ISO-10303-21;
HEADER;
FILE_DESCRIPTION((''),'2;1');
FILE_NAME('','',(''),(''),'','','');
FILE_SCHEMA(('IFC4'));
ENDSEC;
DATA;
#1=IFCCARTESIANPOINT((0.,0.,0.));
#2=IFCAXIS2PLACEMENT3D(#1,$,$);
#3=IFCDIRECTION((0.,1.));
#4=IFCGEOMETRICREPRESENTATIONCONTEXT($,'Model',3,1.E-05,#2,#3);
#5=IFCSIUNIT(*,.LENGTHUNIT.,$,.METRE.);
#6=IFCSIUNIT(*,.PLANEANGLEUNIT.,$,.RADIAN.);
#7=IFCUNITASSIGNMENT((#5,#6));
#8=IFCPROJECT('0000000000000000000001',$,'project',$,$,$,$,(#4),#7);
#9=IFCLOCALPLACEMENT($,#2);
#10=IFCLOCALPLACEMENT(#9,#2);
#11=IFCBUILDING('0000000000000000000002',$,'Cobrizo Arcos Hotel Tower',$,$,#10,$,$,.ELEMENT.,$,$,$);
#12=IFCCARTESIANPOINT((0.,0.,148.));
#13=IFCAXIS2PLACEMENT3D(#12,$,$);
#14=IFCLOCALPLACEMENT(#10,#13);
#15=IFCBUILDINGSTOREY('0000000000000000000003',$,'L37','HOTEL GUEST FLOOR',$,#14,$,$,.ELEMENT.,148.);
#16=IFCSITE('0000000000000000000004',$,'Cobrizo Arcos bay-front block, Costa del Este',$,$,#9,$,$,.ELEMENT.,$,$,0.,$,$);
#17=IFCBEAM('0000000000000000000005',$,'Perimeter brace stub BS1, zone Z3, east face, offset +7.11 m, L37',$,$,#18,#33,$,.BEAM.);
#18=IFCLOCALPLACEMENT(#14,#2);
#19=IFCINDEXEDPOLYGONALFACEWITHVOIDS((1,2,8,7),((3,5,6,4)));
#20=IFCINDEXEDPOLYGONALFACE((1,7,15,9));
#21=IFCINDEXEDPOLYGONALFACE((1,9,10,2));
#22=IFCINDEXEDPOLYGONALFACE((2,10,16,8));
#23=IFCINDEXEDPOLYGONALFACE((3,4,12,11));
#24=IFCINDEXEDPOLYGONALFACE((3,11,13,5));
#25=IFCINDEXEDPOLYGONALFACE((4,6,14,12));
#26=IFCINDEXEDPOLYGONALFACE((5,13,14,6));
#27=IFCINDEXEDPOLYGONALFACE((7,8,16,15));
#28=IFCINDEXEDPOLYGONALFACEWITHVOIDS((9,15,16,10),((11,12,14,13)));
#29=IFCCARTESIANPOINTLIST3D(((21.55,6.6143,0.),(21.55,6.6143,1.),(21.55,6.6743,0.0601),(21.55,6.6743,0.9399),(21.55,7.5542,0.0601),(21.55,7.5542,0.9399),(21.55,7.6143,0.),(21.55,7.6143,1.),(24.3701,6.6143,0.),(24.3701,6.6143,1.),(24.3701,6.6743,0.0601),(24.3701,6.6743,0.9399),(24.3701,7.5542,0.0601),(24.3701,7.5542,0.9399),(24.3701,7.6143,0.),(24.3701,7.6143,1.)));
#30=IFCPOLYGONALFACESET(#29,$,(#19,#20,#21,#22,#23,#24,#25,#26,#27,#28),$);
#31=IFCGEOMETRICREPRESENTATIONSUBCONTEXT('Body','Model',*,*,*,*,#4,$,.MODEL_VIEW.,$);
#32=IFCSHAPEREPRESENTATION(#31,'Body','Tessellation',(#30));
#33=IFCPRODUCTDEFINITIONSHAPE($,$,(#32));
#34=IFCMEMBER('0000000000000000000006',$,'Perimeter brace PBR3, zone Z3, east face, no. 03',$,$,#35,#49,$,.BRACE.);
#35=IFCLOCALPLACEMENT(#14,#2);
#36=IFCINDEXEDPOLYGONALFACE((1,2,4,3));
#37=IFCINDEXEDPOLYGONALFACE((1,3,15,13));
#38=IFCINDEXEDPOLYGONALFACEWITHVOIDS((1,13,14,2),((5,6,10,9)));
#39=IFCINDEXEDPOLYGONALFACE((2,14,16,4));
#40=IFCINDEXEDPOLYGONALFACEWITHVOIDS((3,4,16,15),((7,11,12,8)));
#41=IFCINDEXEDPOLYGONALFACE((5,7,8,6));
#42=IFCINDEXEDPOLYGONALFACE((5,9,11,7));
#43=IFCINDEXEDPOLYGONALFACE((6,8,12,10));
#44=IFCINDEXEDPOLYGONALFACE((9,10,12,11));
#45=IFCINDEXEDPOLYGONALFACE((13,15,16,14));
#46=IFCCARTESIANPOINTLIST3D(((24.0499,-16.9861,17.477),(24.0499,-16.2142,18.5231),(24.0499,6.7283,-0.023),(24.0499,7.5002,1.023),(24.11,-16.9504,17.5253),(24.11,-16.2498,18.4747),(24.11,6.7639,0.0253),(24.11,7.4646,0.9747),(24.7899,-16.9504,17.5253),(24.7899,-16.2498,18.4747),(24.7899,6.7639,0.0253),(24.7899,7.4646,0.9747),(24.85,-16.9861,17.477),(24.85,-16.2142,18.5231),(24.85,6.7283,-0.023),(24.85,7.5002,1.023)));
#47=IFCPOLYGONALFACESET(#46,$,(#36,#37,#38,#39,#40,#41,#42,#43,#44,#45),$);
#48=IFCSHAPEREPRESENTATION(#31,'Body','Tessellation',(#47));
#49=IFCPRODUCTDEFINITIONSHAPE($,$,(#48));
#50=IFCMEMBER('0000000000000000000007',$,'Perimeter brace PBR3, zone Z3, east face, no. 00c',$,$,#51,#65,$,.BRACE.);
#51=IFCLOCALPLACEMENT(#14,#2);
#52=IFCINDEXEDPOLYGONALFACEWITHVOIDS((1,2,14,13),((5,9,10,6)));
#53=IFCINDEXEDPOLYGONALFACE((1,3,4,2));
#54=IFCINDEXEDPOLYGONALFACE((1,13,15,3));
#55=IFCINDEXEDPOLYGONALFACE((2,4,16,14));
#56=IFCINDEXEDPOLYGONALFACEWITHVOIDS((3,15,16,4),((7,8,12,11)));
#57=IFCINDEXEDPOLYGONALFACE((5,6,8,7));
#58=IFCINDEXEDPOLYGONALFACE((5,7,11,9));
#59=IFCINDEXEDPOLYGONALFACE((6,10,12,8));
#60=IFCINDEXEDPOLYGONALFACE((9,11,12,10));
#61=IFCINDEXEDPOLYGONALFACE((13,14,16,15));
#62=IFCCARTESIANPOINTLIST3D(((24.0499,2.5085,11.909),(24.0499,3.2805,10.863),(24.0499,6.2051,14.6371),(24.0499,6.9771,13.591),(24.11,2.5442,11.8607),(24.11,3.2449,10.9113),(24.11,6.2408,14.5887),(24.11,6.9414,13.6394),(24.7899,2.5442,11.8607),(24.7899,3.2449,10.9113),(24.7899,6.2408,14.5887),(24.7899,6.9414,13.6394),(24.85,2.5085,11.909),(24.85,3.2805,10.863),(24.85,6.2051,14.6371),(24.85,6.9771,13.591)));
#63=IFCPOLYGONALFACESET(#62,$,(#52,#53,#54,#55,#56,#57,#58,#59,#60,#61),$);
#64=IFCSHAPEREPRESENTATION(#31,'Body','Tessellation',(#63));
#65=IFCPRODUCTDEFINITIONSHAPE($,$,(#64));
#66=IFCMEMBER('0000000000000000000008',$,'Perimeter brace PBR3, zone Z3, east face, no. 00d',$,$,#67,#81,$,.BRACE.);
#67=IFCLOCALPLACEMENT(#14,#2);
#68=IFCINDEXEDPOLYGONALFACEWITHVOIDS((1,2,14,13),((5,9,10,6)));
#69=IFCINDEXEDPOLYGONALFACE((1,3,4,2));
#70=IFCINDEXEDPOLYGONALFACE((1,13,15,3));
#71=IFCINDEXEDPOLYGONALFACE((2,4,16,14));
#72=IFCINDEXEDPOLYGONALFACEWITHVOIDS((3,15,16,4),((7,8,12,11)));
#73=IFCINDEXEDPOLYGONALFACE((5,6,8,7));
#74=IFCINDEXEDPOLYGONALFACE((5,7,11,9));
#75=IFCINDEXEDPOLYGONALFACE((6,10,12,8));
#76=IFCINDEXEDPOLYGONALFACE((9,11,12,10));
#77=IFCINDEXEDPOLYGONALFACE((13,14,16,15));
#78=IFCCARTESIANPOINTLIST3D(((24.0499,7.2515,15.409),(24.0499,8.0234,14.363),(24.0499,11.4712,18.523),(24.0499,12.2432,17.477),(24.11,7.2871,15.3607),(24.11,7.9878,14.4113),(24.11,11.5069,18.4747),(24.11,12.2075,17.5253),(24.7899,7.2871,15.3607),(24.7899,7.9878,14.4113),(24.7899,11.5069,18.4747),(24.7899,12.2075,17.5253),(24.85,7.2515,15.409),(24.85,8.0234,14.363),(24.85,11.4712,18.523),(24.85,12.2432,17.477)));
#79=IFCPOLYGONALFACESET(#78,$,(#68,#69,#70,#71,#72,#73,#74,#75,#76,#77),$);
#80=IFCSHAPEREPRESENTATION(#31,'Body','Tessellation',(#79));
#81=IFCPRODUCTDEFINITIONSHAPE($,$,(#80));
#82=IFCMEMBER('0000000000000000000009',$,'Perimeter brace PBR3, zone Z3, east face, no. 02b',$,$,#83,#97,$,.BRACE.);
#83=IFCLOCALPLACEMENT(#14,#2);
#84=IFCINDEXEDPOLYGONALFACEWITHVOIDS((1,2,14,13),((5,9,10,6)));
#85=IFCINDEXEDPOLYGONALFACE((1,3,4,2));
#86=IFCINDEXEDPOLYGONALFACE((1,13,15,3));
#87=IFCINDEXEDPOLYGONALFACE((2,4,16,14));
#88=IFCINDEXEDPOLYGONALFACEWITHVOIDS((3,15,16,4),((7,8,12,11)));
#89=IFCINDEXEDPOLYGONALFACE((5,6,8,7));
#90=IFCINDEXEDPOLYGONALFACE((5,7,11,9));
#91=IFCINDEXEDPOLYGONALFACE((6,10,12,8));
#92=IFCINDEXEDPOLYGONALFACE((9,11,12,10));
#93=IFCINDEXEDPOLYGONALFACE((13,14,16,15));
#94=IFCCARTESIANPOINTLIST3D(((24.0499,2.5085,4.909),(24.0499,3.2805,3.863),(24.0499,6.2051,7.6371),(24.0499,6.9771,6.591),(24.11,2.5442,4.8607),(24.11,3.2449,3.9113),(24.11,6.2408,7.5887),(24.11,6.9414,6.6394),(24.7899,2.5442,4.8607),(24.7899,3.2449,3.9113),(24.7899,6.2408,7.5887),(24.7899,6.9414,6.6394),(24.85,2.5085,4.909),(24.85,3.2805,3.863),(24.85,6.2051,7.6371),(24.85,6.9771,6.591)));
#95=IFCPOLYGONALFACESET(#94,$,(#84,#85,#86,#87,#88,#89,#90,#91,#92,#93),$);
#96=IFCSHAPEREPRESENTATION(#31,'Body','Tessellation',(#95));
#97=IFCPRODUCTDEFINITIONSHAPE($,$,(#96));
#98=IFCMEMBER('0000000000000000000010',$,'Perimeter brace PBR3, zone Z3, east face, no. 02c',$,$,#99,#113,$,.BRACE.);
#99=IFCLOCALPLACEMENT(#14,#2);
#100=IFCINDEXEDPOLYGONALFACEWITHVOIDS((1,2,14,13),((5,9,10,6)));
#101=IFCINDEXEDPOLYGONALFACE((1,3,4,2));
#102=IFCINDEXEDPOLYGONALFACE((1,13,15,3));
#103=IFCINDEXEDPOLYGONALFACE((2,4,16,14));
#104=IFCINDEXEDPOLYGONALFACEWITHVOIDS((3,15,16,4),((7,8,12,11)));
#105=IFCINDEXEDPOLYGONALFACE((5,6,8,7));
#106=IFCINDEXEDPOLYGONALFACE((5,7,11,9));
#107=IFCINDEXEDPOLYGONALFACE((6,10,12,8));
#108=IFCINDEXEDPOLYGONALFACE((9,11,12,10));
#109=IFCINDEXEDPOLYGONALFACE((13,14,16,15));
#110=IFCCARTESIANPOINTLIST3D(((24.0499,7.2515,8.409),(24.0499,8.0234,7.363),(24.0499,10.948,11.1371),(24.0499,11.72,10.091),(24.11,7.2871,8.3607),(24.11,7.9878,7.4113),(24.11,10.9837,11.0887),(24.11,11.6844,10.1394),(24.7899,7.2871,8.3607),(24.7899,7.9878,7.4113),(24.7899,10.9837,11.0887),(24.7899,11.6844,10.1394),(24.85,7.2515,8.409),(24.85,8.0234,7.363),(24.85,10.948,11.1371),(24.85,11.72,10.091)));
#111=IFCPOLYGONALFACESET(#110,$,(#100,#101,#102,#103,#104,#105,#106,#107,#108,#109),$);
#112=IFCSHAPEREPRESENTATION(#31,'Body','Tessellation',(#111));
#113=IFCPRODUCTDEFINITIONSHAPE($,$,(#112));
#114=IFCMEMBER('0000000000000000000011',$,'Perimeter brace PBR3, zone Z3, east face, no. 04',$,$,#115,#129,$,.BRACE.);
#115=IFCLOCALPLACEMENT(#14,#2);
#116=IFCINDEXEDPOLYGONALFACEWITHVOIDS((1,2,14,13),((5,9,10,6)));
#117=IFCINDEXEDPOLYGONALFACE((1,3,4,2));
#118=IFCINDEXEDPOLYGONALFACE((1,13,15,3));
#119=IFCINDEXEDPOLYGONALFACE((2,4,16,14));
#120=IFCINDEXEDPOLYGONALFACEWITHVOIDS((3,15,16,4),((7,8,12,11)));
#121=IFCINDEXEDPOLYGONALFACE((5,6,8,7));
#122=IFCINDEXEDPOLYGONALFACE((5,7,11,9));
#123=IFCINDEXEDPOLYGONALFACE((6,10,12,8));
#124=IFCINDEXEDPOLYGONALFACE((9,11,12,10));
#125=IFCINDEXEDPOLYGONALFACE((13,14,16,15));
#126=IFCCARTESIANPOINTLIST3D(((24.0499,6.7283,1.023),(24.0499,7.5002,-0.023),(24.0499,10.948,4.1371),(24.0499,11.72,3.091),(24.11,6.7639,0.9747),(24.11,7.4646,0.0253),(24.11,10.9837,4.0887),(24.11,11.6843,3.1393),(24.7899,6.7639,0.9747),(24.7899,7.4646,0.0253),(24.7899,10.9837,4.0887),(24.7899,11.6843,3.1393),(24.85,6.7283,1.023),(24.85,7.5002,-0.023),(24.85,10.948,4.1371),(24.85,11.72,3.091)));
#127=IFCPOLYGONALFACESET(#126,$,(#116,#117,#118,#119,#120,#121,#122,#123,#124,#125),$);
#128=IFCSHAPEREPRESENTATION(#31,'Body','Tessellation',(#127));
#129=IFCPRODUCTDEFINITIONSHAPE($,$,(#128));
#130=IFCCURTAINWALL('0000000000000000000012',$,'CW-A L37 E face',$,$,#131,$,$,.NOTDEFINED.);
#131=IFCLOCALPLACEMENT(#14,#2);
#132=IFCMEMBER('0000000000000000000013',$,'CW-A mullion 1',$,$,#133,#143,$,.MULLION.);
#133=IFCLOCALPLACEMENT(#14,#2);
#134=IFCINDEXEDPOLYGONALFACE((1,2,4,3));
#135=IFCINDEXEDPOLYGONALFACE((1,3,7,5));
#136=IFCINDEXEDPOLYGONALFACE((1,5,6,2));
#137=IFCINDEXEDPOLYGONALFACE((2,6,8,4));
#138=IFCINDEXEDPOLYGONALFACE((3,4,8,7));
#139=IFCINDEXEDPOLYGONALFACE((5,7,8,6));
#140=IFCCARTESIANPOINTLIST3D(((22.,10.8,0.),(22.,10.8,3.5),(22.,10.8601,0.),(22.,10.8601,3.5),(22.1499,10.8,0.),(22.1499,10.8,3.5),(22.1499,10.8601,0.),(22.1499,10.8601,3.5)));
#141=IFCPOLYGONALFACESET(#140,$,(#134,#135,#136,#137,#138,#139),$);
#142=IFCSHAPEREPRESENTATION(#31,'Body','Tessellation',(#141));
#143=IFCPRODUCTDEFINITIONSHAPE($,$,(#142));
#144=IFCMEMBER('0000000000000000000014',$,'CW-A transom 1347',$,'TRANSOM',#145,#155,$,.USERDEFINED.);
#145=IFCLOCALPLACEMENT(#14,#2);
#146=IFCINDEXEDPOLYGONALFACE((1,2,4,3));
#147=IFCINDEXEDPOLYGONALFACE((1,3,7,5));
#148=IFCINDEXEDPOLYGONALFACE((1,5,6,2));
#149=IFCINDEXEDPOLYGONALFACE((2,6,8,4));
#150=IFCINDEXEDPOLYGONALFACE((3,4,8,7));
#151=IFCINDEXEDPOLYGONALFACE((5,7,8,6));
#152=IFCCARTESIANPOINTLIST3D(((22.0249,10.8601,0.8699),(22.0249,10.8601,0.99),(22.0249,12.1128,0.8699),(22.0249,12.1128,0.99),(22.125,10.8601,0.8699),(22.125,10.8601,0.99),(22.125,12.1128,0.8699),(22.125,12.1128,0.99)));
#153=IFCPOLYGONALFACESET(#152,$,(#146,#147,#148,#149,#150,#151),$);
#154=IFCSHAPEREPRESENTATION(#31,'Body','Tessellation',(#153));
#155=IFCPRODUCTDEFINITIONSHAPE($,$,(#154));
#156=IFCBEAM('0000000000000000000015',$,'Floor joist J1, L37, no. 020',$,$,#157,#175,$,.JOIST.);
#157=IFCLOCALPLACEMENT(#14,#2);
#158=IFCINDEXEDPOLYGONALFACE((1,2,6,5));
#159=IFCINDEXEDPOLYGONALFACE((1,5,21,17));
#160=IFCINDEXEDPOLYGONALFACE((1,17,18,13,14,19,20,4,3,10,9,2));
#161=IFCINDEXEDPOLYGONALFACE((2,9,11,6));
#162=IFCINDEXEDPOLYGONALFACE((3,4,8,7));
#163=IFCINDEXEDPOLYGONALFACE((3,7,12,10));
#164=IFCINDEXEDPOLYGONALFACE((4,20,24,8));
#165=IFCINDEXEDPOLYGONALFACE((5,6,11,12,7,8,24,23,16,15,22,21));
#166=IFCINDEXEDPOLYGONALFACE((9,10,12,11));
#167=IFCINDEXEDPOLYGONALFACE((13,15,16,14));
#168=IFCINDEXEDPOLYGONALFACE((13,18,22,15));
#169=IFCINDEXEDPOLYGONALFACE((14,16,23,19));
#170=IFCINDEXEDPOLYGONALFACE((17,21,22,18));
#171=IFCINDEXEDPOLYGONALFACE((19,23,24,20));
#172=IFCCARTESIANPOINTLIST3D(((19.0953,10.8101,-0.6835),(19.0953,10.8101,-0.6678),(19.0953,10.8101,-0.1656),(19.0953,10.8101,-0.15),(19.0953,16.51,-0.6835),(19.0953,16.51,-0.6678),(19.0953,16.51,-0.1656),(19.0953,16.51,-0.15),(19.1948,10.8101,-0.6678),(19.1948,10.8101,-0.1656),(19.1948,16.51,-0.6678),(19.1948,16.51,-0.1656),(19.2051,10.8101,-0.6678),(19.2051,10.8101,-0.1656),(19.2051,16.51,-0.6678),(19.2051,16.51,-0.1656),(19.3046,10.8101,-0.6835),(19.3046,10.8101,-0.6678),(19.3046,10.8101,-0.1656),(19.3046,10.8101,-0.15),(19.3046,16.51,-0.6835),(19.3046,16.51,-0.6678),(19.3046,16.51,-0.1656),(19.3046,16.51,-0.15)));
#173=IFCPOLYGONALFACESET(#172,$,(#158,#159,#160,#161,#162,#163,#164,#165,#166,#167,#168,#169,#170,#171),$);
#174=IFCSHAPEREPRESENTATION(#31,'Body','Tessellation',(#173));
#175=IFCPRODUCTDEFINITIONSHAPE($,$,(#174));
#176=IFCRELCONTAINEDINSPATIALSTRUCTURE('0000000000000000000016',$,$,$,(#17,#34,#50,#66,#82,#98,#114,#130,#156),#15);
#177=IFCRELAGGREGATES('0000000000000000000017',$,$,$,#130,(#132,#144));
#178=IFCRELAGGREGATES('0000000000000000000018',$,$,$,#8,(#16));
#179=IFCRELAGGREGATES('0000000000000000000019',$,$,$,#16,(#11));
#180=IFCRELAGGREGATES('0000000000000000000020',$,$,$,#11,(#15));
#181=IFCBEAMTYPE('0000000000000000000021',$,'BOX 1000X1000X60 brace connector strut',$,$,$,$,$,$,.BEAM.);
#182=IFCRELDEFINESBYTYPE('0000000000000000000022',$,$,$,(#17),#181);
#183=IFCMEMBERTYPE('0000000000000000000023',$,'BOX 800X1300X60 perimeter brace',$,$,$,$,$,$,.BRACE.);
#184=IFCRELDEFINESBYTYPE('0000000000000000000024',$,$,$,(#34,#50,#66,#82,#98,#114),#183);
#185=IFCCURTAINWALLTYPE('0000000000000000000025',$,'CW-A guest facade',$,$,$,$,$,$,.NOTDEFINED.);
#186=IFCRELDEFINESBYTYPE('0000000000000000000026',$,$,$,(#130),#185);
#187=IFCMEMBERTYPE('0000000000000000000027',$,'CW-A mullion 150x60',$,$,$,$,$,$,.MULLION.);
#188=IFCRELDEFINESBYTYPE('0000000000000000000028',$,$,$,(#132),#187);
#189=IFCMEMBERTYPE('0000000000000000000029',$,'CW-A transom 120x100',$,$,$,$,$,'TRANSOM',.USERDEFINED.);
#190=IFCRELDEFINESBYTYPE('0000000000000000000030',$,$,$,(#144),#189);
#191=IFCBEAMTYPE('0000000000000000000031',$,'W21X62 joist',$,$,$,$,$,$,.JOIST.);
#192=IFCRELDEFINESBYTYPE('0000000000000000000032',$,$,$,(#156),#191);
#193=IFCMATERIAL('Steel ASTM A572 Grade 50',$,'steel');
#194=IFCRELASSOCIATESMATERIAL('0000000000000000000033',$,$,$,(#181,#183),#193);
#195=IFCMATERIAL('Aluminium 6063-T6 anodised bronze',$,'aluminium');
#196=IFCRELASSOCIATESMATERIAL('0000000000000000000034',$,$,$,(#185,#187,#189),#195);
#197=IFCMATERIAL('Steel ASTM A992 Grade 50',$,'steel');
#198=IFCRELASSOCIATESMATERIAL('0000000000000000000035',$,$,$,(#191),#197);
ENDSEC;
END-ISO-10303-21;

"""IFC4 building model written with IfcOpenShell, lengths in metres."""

from ifc_helpers import new_model, si_unit, direction, frame, origin, origin_2d, place, context, subcontext, project, spatial, rectangle, hollow_rectangle, i_section, extrude, material, material_profile, profile_set, type_object, element, aggregate, save


model = new_model("IFC4")

# Units and contexts
model_context = context("Model", 3, precision=1e-05, world=origin(), true_north=direction((0.0, 1.0)))
body_context = subcontext(model_context, "Body", "Model", "MODEL_VIEW")
ifc_project = project(units=[si_unit("LENGTHUNIT", "METRE"), si_unit("PLANEANGLEUNIT", "RADIAN")], contexts=[model_context])

# Site, building, storey
site_placement = place(None, origin())
site = spatial("IfcSite", under=ifc_project, at=site_placement, Name="Cobrizo Arcos bay-front block, Costa del Este", CompositionType="ELEMENT", RefElevation=0.0)
building_placement = place(site_placement, origin())
building = spatial("IfcBuilding", under=site, at=building_placement, Name="Cobrizo Arcos Hotel Tower", CompositionType="ELEMENT")
storey_placement = place(building_placement, frame((0.0, 0.0, 148.0)))
storey = spatial("IfcBuildingStorey", under=building, at=storey_placement, Name="L37", Description="HOTEL GUEST FLOOR", CompositionType="ELEMENT", Elevation=148.0)

# Beam
ifc_material_1 = material(Name="Steel ASTM A572 Grade 50", Category="steel")
ifc_material_profile_1 = material_profile(ifc_material_1, hollow_rectangle(XDim=1.0, YDim=1.0, WallThickness=0.0601, at=origin_2d()), Name="BOX 1000X1000X60")
ifc_profile_set_1 = profile_set([ifc_material_profile_1], Name="Steel ASTM A572 Grade 50")
beam_type_1 = type_object("IfcBeamType", Name="BOX 1000X1000X60 brace connector strut", PredefinedType="BEAM", material=ifc_profile_set_1)
beam_1_placement = place(storey_placement, frame((21.55, 7.1143, 0.5), z_axis=(1.0, 0.0, 0.0), x_axis=(0.0, 1.0, 0.0)))
element("IfcBeam", 1, at=beam_1_placement, inside=storey, type_object=beam_type_1, Name="Perimeter brace stub BS1, zone Z3, east face, offset +7.11 m, L37", PredefinedType="BEAM", context=body_context, shape_type="SweptSolid", body=[
    extrude(hollow_rectangle(XDim=1.0, YDim=1.0, WallThickness=0.0601, at=origin_2d()), origin(), (0.0, 0.0, 1.0), 2.8201),
])

# Members
ifc_material_profile_2 = material_profile(ifc_material_1, hollow_rectangle(XDim=0.8, YDim=1.3, WallThickness=0.0601, at=origin_2d()), Name="BOX 800X1300X60")
ifc_profile_set_2 = profile_set([ifc_material_profile_2], Name="Steel ASTM A572 Grade 50")
member_type_1 = type_object("IfcMemberType", Name="BOX 800X1300X60 perimeter brace", PredefinedType="BRACE", material=ifc_profile_set_2)
member_1_placement = place(storey_placement, frame((24.45, 7.1143, 0.5), z_axis=(0.0, -0.80463, 0.593776), x_axis=(1.0, 0.0, 0.0)))
element("IfcMember", 2, at=member_1_placement, inside=storey, type_object=member_type_1, Name="Perimeter brace PBR3, zone Z3, east face, no. 03", PredefinedType="BRACE", context=body_context, shape_type="SweptSolid", body=[
    extrude(hollow_rectangle(XDim=0.8, YDim=1.3, WallThickness=0.0601, at=origin_2d()), origin(), (0.0, 0.0, 1.0), 29.4724),
])
member_2_placement = place(storey_placement, frame((24.45, 2.8945, 11.386), z_axis=(0.0, 0.804612, 0.593801), x_axis=(-1.0, 0.0, 0.0)))
element("IfcMember", 3, at=member_2_placement, inside=storey, type_object=member_type_1, Name="Perimeter brace PBR3, zone Z3, east face, no. 00c", PredefinedType="BRACE", context=body_context, shape_type="SweptSolid", body=[
    extrude(hollow_rectangle(XDim=0.8, YDim=1.3, WallThickness=0.0601, at=origin_2d()), origin(), (0.0, 0.0, 1.0), 4.5942),
])
member_3_placement = place(storey_placement, frame((24.45, 7.6375, 14.886), z_axis=(0.0, 0.804624, 0.593785), x_axis=(-1.0, 0.0, 0.0)))
element("IfcMember", 4, at=member_3_placement, inside=storey, type_object=member_type_1, Name="Perimeter brace PBR3, zone Z3, east face, no. 00d", PredefinedType="BRACE", context=body_context, shape_type="SweptSolid", body=[
    extrude(hollow_rectangle(XDim=0.8, YDim=1.3, WallThickness=0.0601, at=origin_2d()), origin(), (0.0, 0.0, 1.0), 5.2444),
])
for number, where, z_axis, x_axis, name in (
    (5, (24.45, 2.8945, 4.386), (0.0, 0.804612, 0.593801), (-1.0, 0.0, 0.0), "Perimeter brace PBR3, zone Z3, east face, no. 02b"),
    (6, (24.45, 7.6375, 7.886), (0.0, 0.804612, 0.593801), (-1.0, 0.0, 0.0), "Perimeter brace PBR3, zone Z3, east face, no. 02c"),
):
    element("IfcMember", number, at=place(storey_placement, frame(where, z_axis=z_axis, x_axis=x_axis)), inside=storey, type_object=member_type_1, Name=name, PredefinedType="BRACE", context=body_context, shape_type="SweptSolid", body=[
        extrude(hollow_rectangle(XDim=0.8, YDim=1.3, WallThickness=0.0601, at=origin_2d()), origin(), (0.0, 0.0, 1.0), 4.5942),
    ])
member_4_placement = place(storey_placement, frame((24.45, 7.1143, 0.5), z_axis=(0.0, 0.804624, 0.593785), x_axis=(-1.0, 0.0, 0.0)))
element("IfcMember", 7, at=member_4_placement, inside=storey, type_object=member_type_1, Name="Perimeter brace PBR3, zone Z3, east face, no. 04", PredefinedType="BRACE", context=body_context, shape_type="SweptSolid", body=[
    extrude(hollow_rectangle(XDim=0.8, YDim=1.3, WallThickness=0.0601, at=origin_2d()), origin(), (0.0, 0.0, 1.0), 5.2444),
])

# Curtain wall, members
ifc_material_2 = material(Name="Aluminium 6063-T6 anodised bronze", Category="aluminium")
curtain_wall_type = type_object("IfcCurtainWallType", Name="CW-A guest facade", PredefinedType="NOTDEFINED", material=ifc_material_2)
curtain_wall_placement = place(storey_placement, origin())
curtain_wall = element("IfcCurtainWall", 8, at=curtain_wall_placement, inside=storey, type_object=curtain_wall_type, Name="CW-A L37 E face", PredefinedType="NOTDEFINED")
ifc_material_profile_3 = material_profile(ifc_material_2, rectangle(XDim=0.1499, YDim=0.0601, at=origin_2d()), Name="CW-A mullion 150x60")
ifc_profile_set_3 = profile_set([ifc_material_profile_3], Name="Aluminium 6063-T6 anodised bronze")
member_type_2 = type_object("IfcMemberType", Name="CW-A mullion 150x60", PredefinedType="MULLION", material=ifc_profile_set_3)
member_5_placement = place(storey_placement, frame((22.075, 10.8301, 0.0), z_axis=(0.0, 0.0, 1.0), x_axis=(1.0, 0.0, 0.0)))
member_5 = element("IfcMember", 9, at=member_5_placement, type_object=member_type_2, Name="CW-A mullion 1", PredefinedType="MULLION", context=body_context, shape_type="SweptSolid", body=[
    extrude(rectangle(XDim=0.1499, YDim=0.0601, at=origin_2d()), origin(), (0.0, 0.0, 1.0), 3.5),
])
ifc_material_profile_4 = material_profile(ifc_material_2, rectangle(XDim=0.1001, YDim=0.1201, at=origin_2d()), Name="CW-A transom 120x100")
ifc_profile_set_4 = profile_set([ifc_material_profile_4], Name="Aluminium 6063-T6 anodised bronze")
member_type_3 = type_object("IfcMemberType", Name="CW-A transom 120x100", ElementType="TRANSOM", PredefinedType="USERDEFINED", material=ifc_profile_set_4)
member_6_placement = place(storey_placement, frame((22.075, 10.8601, 0.9299), z_axis=(0.0, 1.0, 0.0), x_axis=(-1.0, 0.0, 0.0)))
member_6 = element("IfcMember", 10, at=member_6_placement, type_object=member_type_3, Name="CW-A transom 1347", ObjectType="TRANSOM", PredefinedType="USERDEFINED", context=body_context, shape_type="SweptSolid", body=[
    extrude(rectangle(XDim=0.1001, YDim=0.1201, at=origin_2d()), origin(), (0.0, 0.0, 1.0), 1.2527),
])
aggregate(curtain_wall, [member_5, member_6])

# Beam
ifc_material_3 = material(Name="Steel ASTM A992 Grade 50", Category="steel")
ifc_material_profile_5 = material_profile(ifc_material_3, i_section(OverallWidth=0.2092, OverallDepth=0.5334, WebThickness=0.0103, FlangeThickness=0.0156, at=origin_2d()), Name="W21X62")
ifc_profile_set_5 = profile_set([ifc_material_profile_5], Name="Steel ASTM A992 Grade 50")
beam_type_2 = type_object("IfcBeamType", Name="W21X62 joist", PredefinedType="JOIST", material=ifc_profile_set_5)
beam_2_placement = place(storey_placement, frame((19.2, 10.8101, -0.4167), z_axis=(0.0, 1.0, 0.0), x_axis=(-1.0, 0.0, 0.0)))
element("IfcBeam", 11, at=beam_2_placement, inside=storey, type_object=beam_type_2, Name="Floor joist J1, L37, no. 020", PredefinedType="JOIST", context=body_context, shape_type="SweptSolid", body=[
    extrude(i_section(OverallWidth=0.2092, OverallDepth=0.5334, WebThickness=0.0103, FlangeThickness=0.0156, at=origin_2d()), origin(), (0.0, 0.0, 1.0), 5.7),
])

save(model, "model.ifc")
